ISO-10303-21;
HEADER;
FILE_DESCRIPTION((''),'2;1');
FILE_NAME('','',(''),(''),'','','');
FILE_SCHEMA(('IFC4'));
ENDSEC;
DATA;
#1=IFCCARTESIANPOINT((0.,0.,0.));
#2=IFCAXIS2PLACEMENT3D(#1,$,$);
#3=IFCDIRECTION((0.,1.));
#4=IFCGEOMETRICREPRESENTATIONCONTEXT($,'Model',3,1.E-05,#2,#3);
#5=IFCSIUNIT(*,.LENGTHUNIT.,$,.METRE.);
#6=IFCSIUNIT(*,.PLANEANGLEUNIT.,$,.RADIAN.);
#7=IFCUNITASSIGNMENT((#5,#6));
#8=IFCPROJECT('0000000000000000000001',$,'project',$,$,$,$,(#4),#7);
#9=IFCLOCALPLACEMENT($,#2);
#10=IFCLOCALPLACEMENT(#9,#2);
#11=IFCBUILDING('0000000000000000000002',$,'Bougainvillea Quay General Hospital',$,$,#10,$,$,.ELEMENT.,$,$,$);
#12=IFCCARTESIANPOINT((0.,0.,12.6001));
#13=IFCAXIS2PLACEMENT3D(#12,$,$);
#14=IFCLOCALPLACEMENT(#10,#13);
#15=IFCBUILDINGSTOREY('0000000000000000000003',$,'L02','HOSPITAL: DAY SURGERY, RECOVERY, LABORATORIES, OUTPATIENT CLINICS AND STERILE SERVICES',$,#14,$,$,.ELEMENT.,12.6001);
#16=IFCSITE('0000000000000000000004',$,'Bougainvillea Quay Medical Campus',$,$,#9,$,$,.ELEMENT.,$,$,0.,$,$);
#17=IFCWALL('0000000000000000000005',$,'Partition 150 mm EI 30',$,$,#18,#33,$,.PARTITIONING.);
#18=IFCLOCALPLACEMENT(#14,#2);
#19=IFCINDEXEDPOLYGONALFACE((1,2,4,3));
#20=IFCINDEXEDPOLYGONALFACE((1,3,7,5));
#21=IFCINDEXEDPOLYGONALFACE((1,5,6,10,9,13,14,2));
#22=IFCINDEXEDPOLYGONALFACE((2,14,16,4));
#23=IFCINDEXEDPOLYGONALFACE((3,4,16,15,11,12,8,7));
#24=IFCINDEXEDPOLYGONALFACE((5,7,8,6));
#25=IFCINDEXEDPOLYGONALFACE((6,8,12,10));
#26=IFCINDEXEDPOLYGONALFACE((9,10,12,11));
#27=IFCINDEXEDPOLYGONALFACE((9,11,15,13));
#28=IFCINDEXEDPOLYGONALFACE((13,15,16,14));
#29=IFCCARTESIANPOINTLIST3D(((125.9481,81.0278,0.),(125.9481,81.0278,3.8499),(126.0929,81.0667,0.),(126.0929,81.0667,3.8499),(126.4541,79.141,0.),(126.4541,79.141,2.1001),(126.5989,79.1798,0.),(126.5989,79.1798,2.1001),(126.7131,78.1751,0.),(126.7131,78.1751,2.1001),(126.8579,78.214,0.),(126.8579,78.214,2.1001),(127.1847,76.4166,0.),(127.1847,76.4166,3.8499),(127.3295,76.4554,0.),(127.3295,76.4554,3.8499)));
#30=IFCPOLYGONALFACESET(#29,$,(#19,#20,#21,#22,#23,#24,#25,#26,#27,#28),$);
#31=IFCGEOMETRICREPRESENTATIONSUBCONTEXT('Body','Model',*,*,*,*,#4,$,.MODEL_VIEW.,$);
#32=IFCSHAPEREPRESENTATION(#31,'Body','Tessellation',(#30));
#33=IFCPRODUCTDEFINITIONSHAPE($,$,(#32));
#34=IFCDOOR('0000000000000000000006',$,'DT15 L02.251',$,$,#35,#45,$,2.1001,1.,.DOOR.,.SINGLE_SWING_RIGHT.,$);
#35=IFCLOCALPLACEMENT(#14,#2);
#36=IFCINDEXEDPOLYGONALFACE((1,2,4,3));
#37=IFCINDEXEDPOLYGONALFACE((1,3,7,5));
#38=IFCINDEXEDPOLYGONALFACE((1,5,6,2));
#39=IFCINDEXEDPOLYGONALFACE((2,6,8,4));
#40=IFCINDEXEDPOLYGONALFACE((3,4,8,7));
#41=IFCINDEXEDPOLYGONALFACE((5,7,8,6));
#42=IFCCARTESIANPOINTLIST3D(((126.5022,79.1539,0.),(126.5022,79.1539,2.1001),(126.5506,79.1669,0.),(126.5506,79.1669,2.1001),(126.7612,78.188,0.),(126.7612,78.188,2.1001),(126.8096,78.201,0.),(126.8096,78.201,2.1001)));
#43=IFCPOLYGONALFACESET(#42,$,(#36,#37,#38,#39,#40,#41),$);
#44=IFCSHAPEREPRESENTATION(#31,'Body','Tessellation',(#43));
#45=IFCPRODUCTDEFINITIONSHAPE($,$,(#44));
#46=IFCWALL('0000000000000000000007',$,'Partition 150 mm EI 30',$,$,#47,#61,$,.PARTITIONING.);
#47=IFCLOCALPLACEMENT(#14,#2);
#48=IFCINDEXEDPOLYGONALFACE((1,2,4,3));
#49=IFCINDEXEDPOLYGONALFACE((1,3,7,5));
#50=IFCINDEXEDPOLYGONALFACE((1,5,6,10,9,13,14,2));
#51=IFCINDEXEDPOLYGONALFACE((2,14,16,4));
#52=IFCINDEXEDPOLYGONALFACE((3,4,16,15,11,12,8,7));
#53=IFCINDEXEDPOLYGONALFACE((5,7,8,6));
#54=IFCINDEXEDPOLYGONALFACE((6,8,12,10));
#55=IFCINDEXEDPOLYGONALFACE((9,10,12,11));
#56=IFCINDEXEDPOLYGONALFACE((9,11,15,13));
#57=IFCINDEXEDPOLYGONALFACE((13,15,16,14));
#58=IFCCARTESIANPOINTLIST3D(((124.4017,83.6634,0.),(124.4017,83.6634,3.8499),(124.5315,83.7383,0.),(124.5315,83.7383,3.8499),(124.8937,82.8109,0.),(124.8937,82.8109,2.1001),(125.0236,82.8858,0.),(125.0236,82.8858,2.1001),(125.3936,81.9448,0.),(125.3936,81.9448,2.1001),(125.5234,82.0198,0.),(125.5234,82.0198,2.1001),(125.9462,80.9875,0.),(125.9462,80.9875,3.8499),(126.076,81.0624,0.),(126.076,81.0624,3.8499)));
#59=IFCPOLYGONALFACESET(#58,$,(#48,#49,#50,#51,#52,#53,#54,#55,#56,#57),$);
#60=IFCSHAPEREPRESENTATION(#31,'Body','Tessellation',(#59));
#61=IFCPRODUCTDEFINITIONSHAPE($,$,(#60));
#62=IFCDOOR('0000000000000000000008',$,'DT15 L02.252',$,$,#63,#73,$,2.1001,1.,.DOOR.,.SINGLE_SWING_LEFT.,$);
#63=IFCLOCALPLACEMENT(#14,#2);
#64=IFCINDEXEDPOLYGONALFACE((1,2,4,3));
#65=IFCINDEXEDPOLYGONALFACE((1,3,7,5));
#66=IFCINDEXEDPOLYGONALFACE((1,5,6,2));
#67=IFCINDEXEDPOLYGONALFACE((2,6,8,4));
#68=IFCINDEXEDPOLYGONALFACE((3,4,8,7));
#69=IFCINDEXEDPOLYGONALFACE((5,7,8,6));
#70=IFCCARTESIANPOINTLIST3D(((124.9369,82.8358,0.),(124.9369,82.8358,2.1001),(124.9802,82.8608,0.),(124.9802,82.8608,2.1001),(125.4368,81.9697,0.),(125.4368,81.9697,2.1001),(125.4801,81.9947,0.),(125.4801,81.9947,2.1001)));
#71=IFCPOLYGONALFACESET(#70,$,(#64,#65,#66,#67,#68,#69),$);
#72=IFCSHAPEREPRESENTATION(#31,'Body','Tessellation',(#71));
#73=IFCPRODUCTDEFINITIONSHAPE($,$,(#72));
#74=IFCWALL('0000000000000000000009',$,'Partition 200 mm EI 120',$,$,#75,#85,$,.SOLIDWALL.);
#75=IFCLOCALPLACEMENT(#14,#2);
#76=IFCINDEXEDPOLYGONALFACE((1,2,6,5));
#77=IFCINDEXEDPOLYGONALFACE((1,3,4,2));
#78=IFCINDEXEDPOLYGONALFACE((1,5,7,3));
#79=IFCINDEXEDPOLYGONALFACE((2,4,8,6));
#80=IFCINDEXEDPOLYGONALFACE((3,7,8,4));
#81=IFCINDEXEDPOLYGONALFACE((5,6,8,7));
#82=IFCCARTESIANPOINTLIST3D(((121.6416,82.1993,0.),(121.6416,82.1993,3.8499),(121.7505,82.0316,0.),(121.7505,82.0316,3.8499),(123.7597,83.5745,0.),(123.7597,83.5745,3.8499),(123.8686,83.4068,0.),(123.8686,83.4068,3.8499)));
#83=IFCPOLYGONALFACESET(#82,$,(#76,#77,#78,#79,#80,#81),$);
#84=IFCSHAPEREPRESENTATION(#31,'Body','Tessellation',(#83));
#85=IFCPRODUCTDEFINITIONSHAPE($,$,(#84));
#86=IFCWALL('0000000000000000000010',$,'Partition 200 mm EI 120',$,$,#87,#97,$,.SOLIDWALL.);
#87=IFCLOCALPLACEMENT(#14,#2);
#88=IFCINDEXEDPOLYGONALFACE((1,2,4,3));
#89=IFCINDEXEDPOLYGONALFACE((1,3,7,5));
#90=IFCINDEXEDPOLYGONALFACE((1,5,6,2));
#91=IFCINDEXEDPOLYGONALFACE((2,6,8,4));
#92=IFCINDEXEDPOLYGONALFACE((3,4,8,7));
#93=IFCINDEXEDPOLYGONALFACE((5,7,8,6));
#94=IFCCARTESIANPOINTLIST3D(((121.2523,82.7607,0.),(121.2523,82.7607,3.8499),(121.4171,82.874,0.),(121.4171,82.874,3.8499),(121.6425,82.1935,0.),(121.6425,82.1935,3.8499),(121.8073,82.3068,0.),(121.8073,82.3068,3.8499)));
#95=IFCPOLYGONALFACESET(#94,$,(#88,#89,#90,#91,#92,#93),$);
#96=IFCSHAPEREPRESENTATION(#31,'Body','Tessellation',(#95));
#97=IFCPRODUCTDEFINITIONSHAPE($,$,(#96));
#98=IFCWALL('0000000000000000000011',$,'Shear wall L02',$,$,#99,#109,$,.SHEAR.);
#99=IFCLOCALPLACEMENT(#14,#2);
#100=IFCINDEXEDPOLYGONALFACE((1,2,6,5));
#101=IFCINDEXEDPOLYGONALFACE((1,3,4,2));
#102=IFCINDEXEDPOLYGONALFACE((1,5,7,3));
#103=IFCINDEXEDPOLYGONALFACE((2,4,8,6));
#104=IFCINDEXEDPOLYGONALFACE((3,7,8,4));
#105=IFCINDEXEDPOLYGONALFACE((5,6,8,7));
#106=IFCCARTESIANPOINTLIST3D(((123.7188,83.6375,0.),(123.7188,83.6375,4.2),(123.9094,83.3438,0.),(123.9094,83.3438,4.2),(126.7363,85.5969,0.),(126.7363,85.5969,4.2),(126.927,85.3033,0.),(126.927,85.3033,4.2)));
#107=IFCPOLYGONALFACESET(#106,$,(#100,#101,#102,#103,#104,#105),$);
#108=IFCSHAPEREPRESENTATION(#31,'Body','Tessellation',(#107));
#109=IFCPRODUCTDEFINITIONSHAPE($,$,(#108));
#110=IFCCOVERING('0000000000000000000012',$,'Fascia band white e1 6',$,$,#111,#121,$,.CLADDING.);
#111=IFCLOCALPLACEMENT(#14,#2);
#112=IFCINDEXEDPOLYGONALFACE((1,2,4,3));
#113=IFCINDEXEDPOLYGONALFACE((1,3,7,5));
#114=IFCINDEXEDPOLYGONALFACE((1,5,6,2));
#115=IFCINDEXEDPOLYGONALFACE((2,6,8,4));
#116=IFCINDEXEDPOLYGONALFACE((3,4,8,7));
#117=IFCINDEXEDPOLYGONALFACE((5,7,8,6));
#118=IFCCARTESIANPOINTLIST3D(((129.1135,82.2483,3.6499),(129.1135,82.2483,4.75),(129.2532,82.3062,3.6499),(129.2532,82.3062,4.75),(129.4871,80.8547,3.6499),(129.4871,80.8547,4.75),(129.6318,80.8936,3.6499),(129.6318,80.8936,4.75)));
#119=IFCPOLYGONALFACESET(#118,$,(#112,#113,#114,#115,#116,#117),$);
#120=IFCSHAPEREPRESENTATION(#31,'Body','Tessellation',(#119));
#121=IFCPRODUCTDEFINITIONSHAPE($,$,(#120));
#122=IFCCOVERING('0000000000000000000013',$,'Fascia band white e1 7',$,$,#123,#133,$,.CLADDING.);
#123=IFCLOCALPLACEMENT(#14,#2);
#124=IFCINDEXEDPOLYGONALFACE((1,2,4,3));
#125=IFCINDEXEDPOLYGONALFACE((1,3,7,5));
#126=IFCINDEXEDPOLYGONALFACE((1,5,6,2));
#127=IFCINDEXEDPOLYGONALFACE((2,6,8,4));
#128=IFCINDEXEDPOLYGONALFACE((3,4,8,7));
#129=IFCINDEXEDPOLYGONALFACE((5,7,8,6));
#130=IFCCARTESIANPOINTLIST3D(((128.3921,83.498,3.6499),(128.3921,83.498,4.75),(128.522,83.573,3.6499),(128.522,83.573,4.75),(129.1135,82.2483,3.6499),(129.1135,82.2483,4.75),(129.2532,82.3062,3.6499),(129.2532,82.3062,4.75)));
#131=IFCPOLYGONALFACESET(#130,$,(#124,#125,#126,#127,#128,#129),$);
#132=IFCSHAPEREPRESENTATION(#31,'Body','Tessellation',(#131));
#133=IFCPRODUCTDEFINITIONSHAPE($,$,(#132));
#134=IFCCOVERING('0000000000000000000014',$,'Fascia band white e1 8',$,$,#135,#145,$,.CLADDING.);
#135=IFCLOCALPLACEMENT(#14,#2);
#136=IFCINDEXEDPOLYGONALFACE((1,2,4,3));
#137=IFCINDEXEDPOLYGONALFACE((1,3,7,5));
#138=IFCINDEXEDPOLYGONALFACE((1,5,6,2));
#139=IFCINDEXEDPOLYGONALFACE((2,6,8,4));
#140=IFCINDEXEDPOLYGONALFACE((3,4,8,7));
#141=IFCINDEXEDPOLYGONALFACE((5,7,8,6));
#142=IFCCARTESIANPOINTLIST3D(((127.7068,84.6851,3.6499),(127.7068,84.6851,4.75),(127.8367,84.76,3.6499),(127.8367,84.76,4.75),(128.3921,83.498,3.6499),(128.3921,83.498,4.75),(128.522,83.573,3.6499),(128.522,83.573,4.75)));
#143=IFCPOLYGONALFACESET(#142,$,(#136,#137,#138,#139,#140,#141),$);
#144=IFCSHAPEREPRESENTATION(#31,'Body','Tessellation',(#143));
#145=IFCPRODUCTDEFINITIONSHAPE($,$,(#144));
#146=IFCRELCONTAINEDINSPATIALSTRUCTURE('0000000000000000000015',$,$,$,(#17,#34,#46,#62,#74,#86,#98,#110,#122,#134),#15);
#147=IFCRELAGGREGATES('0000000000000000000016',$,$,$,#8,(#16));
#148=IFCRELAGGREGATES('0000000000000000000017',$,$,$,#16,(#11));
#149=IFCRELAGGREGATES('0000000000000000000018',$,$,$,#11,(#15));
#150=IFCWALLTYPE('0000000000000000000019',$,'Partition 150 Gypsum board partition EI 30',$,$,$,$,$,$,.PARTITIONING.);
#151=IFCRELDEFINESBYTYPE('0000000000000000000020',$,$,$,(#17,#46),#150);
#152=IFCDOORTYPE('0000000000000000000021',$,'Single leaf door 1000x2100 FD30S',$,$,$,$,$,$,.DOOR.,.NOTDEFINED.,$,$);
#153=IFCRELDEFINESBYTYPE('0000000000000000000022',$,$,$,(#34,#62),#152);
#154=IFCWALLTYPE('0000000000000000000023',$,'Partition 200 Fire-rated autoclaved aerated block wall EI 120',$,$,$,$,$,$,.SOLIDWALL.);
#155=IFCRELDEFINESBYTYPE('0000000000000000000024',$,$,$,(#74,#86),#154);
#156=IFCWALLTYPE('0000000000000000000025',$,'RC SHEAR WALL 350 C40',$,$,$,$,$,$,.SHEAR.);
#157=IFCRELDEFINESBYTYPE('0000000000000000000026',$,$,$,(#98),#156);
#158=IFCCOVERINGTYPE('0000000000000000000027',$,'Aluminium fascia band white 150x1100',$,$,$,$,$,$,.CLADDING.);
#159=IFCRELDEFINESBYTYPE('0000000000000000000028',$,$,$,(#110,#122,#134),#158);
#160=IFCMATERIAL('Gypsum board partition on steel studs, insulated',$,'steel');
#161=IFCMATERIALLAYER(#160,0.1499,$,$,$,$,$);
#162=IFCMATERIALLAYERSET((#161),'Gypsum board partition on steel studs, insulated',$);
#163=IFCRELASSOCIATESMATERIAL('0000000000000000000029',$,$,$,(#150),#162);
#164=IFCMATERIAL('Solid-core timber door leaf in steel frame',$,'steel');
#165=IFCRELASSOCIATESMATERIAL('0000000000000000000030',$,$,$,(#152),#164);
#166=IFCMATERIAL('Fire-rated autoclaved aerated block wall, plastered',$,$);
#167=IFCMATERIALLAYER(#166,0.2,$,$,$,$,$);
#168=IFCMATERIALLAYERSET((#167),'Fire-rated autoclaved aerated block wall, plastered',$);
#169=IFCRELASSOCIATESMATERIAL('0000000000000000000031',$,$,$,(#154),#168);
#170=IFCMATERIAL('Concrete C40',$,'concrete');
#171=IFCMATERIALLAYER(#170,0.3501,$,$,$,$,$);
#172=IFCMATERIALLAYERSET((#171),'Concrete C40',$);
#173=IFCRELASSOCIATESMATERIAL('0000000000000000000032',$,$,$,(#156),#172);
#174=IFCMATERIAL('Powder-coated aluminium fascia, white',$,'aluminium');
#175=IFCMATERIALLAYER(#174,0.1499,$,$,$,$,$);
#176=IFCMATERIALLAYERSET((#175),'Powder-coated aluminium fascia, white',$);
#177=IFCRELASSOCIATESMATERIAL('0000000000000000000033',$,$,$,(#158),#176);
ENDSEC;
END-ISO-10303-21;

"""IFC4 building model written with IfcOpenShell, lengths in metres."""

from ifc_helpers import new_model, si_unit, direction, frame, frame_2d, origin, place, context, subcontext, project, spatial, polyline, rectangle, outline, extrude, material, layer, layer_set, type_object, element, fill, save


model = new_model("IFC4")

# Units and contexts
model_context = context("Model", 3, precision=1e-05, world=origin(), true_north=direction((0.0, 1.0)))
body_context = subcontext(model_context, "Body", "Model", "MODEL_VIEW")
ifc_project = project(units=[si_unit("LENGTHUNIT", "METRE"), si_unit("PLANEANGLEUNIT", "RADIAN")], contexts=[model_context])

# Site, building, storey
site_placement = place(None, origin())
site = spatial("IfcSite", under=ifc_project, at=site_placement, Name="Bougainvillea Quay Medical Campus", CompositionType="ELEMENT", RefElevation=0.0)
building_placement = place(site_placement, origin())
building = spatial("IfcBuilding", under=site, at=building_placement, Name="Bougainvillea Quay General Hospital", CompositionType="ELEMENT")
storey_placement = place(building_placement, frame((0.0, 0.0, 12.6001)))
storey = spatial("IfcBuildingStorey", under=building, at=storey_placement, Name="L02", Description="HOSPITAL: DAY SURGERY, RECOVERY, LABORATORIES, OUTPATIENT CLINICS AND STERILE SERVICES", CompositionType="ELEMENT", Elevation=12.6001)

# Shared definitions
ifc_material_1 = material(Name="Concrete C40", Category="concrete")

# Walls, openings, doors
ifc_material_2 = material(Name="Gypsum board partition on steel studs, insulated", Category="steel")
ifc_layer_1 = layer(ifc_material_2, 0.1499)
ifc_layer_set_1 = layer_set([ifc_layer_1], Name="Gypsum board partition on steel studs, insulated")
wall_type_1 = type_object("IfcWallType", Name="Partition 150 Gypsum board partition EI 30", PredefinedType="PARTITIONING", material=ifc_layer_set_1)
wall_1_placement = place(storey_placement, frame((126.0205, 81.0474, 0.0), z_axis=(0.0, 0.0, 1.0), x_axis=(0.259009, -0.965875, 0.0)))
wall_1 = element("IfcWall", 1, at=wall_1_placement, inside=storey, type_object=wall_type_1, Name="Partition 150 mm EI 30", PredefinedType="PARTITIONING", context=body_context, shape_type="SweptSolid", body=[
    extrude(rectangle(XDim=4.7742, YDim=0.1499, at=frame_2d((2.3872, 0.0))), origin(), (0.0, 0.0, 1.0), 3.8499),
])
opening_1_placement = place(wall_1_placement, frame((1.9536, 0.0, 0.0)))
opening_1 = element("IfcOpeningElement", 2, at=opening_1_placement, cuts=wall_1, PredefinedType="OPENING", context=body_context, shape_type="SweptSolid", body=[
    extrude(rectangle(XDim=1.0, YDim=2.1001, at=frame_2d((0.5, 1.05))), frame((0.0, 0.085, 0.0), z_axis=(0.0, -1.0, 0.0), x_axis=(1.0, 0.0, 0.0)), (0.0, 0.0, 1.0), 0.1699),
])
ifc_material_3 = material(Name="Solid-core timber door leaf in steel frame", Category="steel")
door_type = type_object("IfcDoorType", Name="Single leaf door 1000x2100 FD30S", OperationType="NOTDEFINED", PredefinedType="DOOR", material=ifc_material_3)
door_1_placement = place(opening_1_placement, origin())
door_1 = element("IfcDoor", 3, at=door_1_placement, inside=storey, type_object=door_type, Name="DT15 L02.251", OperationType="SINGLE_SWING_RIGHT", OverallHeight=2.1001, OverallWidth=1.0, PredefinedType="DOOR", context=body_context, shape_type="SweptSolid", body=[
    extrude(rectangle(XDim=1.0, YDim=2.1001, at=frame_2d((0.5, 1.05))), frame((0.0, 0.0249, 0.0), z_axis=(0.0, -1.0, 0.0), x_axis=(1.0, 0.0, 0.0)), (0.0, 0.0, 1.0), 0.05),
])
fill(opening_1, door_1)
wall_2_placement = place(storey_placement, frame((124.4666, 83.7009, 0.0), z_axis=(0.0, 0.0, 1.0), x_axis=(0.499896, -0.866086, 0.0)))
wall_2 = element("IfcWall", 4, at=wall_2_placement, inside=storey, type_object=wall_type_1, Name="Partition 150 mm EI 30", PredefinedType="PARTITIONING", context=body_context, shape_type="SweptSolid", body=[
    extrude(rectangle(XDim=3.0896, YDim=0.1499, at=frame_2d((1.5449, 0.0))), origin(), (0.0, 0.0, 1.0), 3.8499),
])
opening_2_placement = place(wall_2_placement, frame((0.9844, 0.0, 0.0)))
opening_2 = element("IfcOpeningElement", 5, at=opening_2_placement, cuts=wall_2, PredefinedType="OPENING", context=body_context, shape_type="SweptSolid", body=[
    extrude(rectangle(XDim=1.0, YDim=2.1001, at=frame_2d((0.5, 1.05))), frame((0.0, 0.085, 0.0), z_axis=(0.0, -1.0, 0.0), x_axis=(1.0, 0.0, 0.0)), (0.0, 0.0, 1.0), 0.1699),
])
door_2_placement = place(opening_2_placement, origin())
door_2 = element("IfcDoor", 6, at=door_2_placement, inside=storey, type_object=door_type, Name="DT15 L02.252", OperationType="SINGLE_SWING_LEFT", OverallHeight=2.1001, OverallWidth=1.0, PredefinedType="DOOR", context=body_context, shape_type="SweptSolid", body=[
    extrude(rectangle(XDim=1.0, YDim=2.1001, at=frame_2d((0.5, 1.05))), frame((0.0, 0.0249, 0.0), z_axis=(0.0, -1.0, 0.0), x_axis=(1.0, 0.0, 0.0)), (0.0, 0.0, 1.0), 0.05),
])
fill(opening_2, door_2)

# Walls
ifc_material_4 = material(Name="Fire-rated autoclaved aerated block wall, plastered")
ifc_layer_2 = layer(ifc_material_4, 0.2)
ifc_layer_set_2 = layer_set([ifc_layer_2], Name="Fire-rated autoclaved aerated block wall, plastered")
wall_type_2 = type_object("IfcWallType", Name="Partition 200 Fire-rated autoclaved aerated block wall EI 120", PredefinedType="SOLIDWALL", material=ifc_layer_set_2)
wall_3_placement = place(storey_placement, frame((121.696, 82.1155, 0.0), z_axis=(0.0, 0.0, 1.0), x_axis=(0.838726, 0.544553, 0.0)))
element("IfcWall", 7, at=wall_3_placement, inside=storey, type_object=wall_type_2, Name="Partition 200 mm EI 120", PredefinedType="SOLIDWALL", context=body_context, shape_type="SweptSolid", body=[
    extrude(rectangle(XDim=2.5254, YDim=0.2, at=frame_2d((1.2627, 0.0))), origin(), (0.0, 0.0, 1.0), 3.8499),
])
wall_4_placement = place(storey_placement, frame((121.3347, 82.8174, 0.0), z_axis=(0.0, 0.0, 1.0), x_axis=(0.566755, -0.823887, 0.0)))
element("IfcWall", 8, at=wall_4_placement, inside=storey, type_object=wall_type_2, Name="Partition 200 mm EI 120", PredefinedType="SOLIDWALL", context=body_context, shape_type="SweptSolid", body=[
    extrude(rectangle(XDim=0.6885, YDim=0.2, at=frame_2d((0.3442, 0.0))), origin(), (0.0, 0.0, 1.0), 3.8499),
])
ifc_layer_3 = layer(ifc_material_1, 0.3501)
ifc_layer_set_3 = layer_set([ifc_layer_3], Name="Concrete C40")
wall_type_3 = type_object("IfcWallType", Name="RC SHEAR WALL 350 C40", PredefinedType="SHEAR", material=ifc_layer_set_3)
wall_5_placement = place(storey_placement, frame((123.8142, 83.4907, 0.0), z_axis=(0.0, 0.0, 1.0), x_axis=(0.838692, 0.544607, 0.0)))
element("IfcWall", 9, at=wall_5_placement, inside=storey, type_object=wall_type_3, Name="Shear wall L02", PredefinedType="SHEAR", context=body_context, shape_type="SweptSolid", body=[
    extrude(rectangle(XDim=3.5979, YDim=0.3501, at=frame_2d((1.7988, 0.0))), origin(), (0.0, 0.0, 1.0), 4.2),
])

# Coverings
ifc_material_5 = material(Name="Powder-coated aluminium fascia, white", Category="aluminium")
ifc_layer_4 = layer(ifc_material_5, 0.1499)
ifc_layer_set_4 = layer_set([ifc_layer_4], Name="Powder-coated aluminium fascia, white")
covering_type = type_object("IfcCoveringType", Name="Aluminium fascia band white 150x1100", PredefinedType="CLADDING", material=ifc_layer_set_4)
covering_1_placement = place(storey_placement, frame((129.4871, 80.8547, 3.6499), z_axis=(0.0, 0.0, 1.0), x_axis=(-0.258905, 0.965903, 0.0)))
element("IfcCovering", 10, at=covering_1_placement, inside=storey, type_object=covering_type, Name="Fascia band white e1 6", PredefinedType="CLADDING", context=body_context, shape_type="SweptSolid", body=[
    extrude(outline(polyline([(0.0, 0.0), (1.4427, 0.0), (1.4625, -0.1499), (0.0, -0.1499), (0.0, 0.0)])), origin(), (0.0, 0.0, 1.0), 1.1001),
])
covering_2_placement = place(storey_placement, frame((129.1135, 82.2483, 3.6499), z_axis=(0.0, 0.0, 1.0), x_axis=(-0.499942, 0.866059, 0.0)))
element("IfcCovering", 11, at=covering_2_placement, inside=storey, type_object=covering_type, Name="Fascia band white e1 7", PredefinedType="CLADDING", context=body_context, shape_type="SweptSolid", body=[
    extrude(outline(polyline([(0.0, 0.0), (1.443, 0.0), (1.443, -0.15), (-0.0197, -0.1499), (0.0, 0.0)])), origin(), (0.0, 0.0, 1.0), 1.1001),
])
covering_3_placement = place(storey_placement, frame((128.3921, 83.498, 3.6499), z_axis=(0.0, 0.0, 1.0), x_axis=(-0.49999, 0.866031, 0.0)))
element("IfcCovering", 12, at=covering_3_placement, inside=storey, type_object=covering_type, Name="Fascia band white e1 8", PredefinedType="CLADDING", context=body_context, shape_type="SweptSolid", body=[
    extrude(outline(polyline([(0.0, 0.0), (1.3706, 0.0), (1.3706, -0.15), (0.0, -0.15), (0.0, 0.0)])), origin(), (0.0, 0.0, 1.0), 1.1001),
])

save(model, "model.ifc")
